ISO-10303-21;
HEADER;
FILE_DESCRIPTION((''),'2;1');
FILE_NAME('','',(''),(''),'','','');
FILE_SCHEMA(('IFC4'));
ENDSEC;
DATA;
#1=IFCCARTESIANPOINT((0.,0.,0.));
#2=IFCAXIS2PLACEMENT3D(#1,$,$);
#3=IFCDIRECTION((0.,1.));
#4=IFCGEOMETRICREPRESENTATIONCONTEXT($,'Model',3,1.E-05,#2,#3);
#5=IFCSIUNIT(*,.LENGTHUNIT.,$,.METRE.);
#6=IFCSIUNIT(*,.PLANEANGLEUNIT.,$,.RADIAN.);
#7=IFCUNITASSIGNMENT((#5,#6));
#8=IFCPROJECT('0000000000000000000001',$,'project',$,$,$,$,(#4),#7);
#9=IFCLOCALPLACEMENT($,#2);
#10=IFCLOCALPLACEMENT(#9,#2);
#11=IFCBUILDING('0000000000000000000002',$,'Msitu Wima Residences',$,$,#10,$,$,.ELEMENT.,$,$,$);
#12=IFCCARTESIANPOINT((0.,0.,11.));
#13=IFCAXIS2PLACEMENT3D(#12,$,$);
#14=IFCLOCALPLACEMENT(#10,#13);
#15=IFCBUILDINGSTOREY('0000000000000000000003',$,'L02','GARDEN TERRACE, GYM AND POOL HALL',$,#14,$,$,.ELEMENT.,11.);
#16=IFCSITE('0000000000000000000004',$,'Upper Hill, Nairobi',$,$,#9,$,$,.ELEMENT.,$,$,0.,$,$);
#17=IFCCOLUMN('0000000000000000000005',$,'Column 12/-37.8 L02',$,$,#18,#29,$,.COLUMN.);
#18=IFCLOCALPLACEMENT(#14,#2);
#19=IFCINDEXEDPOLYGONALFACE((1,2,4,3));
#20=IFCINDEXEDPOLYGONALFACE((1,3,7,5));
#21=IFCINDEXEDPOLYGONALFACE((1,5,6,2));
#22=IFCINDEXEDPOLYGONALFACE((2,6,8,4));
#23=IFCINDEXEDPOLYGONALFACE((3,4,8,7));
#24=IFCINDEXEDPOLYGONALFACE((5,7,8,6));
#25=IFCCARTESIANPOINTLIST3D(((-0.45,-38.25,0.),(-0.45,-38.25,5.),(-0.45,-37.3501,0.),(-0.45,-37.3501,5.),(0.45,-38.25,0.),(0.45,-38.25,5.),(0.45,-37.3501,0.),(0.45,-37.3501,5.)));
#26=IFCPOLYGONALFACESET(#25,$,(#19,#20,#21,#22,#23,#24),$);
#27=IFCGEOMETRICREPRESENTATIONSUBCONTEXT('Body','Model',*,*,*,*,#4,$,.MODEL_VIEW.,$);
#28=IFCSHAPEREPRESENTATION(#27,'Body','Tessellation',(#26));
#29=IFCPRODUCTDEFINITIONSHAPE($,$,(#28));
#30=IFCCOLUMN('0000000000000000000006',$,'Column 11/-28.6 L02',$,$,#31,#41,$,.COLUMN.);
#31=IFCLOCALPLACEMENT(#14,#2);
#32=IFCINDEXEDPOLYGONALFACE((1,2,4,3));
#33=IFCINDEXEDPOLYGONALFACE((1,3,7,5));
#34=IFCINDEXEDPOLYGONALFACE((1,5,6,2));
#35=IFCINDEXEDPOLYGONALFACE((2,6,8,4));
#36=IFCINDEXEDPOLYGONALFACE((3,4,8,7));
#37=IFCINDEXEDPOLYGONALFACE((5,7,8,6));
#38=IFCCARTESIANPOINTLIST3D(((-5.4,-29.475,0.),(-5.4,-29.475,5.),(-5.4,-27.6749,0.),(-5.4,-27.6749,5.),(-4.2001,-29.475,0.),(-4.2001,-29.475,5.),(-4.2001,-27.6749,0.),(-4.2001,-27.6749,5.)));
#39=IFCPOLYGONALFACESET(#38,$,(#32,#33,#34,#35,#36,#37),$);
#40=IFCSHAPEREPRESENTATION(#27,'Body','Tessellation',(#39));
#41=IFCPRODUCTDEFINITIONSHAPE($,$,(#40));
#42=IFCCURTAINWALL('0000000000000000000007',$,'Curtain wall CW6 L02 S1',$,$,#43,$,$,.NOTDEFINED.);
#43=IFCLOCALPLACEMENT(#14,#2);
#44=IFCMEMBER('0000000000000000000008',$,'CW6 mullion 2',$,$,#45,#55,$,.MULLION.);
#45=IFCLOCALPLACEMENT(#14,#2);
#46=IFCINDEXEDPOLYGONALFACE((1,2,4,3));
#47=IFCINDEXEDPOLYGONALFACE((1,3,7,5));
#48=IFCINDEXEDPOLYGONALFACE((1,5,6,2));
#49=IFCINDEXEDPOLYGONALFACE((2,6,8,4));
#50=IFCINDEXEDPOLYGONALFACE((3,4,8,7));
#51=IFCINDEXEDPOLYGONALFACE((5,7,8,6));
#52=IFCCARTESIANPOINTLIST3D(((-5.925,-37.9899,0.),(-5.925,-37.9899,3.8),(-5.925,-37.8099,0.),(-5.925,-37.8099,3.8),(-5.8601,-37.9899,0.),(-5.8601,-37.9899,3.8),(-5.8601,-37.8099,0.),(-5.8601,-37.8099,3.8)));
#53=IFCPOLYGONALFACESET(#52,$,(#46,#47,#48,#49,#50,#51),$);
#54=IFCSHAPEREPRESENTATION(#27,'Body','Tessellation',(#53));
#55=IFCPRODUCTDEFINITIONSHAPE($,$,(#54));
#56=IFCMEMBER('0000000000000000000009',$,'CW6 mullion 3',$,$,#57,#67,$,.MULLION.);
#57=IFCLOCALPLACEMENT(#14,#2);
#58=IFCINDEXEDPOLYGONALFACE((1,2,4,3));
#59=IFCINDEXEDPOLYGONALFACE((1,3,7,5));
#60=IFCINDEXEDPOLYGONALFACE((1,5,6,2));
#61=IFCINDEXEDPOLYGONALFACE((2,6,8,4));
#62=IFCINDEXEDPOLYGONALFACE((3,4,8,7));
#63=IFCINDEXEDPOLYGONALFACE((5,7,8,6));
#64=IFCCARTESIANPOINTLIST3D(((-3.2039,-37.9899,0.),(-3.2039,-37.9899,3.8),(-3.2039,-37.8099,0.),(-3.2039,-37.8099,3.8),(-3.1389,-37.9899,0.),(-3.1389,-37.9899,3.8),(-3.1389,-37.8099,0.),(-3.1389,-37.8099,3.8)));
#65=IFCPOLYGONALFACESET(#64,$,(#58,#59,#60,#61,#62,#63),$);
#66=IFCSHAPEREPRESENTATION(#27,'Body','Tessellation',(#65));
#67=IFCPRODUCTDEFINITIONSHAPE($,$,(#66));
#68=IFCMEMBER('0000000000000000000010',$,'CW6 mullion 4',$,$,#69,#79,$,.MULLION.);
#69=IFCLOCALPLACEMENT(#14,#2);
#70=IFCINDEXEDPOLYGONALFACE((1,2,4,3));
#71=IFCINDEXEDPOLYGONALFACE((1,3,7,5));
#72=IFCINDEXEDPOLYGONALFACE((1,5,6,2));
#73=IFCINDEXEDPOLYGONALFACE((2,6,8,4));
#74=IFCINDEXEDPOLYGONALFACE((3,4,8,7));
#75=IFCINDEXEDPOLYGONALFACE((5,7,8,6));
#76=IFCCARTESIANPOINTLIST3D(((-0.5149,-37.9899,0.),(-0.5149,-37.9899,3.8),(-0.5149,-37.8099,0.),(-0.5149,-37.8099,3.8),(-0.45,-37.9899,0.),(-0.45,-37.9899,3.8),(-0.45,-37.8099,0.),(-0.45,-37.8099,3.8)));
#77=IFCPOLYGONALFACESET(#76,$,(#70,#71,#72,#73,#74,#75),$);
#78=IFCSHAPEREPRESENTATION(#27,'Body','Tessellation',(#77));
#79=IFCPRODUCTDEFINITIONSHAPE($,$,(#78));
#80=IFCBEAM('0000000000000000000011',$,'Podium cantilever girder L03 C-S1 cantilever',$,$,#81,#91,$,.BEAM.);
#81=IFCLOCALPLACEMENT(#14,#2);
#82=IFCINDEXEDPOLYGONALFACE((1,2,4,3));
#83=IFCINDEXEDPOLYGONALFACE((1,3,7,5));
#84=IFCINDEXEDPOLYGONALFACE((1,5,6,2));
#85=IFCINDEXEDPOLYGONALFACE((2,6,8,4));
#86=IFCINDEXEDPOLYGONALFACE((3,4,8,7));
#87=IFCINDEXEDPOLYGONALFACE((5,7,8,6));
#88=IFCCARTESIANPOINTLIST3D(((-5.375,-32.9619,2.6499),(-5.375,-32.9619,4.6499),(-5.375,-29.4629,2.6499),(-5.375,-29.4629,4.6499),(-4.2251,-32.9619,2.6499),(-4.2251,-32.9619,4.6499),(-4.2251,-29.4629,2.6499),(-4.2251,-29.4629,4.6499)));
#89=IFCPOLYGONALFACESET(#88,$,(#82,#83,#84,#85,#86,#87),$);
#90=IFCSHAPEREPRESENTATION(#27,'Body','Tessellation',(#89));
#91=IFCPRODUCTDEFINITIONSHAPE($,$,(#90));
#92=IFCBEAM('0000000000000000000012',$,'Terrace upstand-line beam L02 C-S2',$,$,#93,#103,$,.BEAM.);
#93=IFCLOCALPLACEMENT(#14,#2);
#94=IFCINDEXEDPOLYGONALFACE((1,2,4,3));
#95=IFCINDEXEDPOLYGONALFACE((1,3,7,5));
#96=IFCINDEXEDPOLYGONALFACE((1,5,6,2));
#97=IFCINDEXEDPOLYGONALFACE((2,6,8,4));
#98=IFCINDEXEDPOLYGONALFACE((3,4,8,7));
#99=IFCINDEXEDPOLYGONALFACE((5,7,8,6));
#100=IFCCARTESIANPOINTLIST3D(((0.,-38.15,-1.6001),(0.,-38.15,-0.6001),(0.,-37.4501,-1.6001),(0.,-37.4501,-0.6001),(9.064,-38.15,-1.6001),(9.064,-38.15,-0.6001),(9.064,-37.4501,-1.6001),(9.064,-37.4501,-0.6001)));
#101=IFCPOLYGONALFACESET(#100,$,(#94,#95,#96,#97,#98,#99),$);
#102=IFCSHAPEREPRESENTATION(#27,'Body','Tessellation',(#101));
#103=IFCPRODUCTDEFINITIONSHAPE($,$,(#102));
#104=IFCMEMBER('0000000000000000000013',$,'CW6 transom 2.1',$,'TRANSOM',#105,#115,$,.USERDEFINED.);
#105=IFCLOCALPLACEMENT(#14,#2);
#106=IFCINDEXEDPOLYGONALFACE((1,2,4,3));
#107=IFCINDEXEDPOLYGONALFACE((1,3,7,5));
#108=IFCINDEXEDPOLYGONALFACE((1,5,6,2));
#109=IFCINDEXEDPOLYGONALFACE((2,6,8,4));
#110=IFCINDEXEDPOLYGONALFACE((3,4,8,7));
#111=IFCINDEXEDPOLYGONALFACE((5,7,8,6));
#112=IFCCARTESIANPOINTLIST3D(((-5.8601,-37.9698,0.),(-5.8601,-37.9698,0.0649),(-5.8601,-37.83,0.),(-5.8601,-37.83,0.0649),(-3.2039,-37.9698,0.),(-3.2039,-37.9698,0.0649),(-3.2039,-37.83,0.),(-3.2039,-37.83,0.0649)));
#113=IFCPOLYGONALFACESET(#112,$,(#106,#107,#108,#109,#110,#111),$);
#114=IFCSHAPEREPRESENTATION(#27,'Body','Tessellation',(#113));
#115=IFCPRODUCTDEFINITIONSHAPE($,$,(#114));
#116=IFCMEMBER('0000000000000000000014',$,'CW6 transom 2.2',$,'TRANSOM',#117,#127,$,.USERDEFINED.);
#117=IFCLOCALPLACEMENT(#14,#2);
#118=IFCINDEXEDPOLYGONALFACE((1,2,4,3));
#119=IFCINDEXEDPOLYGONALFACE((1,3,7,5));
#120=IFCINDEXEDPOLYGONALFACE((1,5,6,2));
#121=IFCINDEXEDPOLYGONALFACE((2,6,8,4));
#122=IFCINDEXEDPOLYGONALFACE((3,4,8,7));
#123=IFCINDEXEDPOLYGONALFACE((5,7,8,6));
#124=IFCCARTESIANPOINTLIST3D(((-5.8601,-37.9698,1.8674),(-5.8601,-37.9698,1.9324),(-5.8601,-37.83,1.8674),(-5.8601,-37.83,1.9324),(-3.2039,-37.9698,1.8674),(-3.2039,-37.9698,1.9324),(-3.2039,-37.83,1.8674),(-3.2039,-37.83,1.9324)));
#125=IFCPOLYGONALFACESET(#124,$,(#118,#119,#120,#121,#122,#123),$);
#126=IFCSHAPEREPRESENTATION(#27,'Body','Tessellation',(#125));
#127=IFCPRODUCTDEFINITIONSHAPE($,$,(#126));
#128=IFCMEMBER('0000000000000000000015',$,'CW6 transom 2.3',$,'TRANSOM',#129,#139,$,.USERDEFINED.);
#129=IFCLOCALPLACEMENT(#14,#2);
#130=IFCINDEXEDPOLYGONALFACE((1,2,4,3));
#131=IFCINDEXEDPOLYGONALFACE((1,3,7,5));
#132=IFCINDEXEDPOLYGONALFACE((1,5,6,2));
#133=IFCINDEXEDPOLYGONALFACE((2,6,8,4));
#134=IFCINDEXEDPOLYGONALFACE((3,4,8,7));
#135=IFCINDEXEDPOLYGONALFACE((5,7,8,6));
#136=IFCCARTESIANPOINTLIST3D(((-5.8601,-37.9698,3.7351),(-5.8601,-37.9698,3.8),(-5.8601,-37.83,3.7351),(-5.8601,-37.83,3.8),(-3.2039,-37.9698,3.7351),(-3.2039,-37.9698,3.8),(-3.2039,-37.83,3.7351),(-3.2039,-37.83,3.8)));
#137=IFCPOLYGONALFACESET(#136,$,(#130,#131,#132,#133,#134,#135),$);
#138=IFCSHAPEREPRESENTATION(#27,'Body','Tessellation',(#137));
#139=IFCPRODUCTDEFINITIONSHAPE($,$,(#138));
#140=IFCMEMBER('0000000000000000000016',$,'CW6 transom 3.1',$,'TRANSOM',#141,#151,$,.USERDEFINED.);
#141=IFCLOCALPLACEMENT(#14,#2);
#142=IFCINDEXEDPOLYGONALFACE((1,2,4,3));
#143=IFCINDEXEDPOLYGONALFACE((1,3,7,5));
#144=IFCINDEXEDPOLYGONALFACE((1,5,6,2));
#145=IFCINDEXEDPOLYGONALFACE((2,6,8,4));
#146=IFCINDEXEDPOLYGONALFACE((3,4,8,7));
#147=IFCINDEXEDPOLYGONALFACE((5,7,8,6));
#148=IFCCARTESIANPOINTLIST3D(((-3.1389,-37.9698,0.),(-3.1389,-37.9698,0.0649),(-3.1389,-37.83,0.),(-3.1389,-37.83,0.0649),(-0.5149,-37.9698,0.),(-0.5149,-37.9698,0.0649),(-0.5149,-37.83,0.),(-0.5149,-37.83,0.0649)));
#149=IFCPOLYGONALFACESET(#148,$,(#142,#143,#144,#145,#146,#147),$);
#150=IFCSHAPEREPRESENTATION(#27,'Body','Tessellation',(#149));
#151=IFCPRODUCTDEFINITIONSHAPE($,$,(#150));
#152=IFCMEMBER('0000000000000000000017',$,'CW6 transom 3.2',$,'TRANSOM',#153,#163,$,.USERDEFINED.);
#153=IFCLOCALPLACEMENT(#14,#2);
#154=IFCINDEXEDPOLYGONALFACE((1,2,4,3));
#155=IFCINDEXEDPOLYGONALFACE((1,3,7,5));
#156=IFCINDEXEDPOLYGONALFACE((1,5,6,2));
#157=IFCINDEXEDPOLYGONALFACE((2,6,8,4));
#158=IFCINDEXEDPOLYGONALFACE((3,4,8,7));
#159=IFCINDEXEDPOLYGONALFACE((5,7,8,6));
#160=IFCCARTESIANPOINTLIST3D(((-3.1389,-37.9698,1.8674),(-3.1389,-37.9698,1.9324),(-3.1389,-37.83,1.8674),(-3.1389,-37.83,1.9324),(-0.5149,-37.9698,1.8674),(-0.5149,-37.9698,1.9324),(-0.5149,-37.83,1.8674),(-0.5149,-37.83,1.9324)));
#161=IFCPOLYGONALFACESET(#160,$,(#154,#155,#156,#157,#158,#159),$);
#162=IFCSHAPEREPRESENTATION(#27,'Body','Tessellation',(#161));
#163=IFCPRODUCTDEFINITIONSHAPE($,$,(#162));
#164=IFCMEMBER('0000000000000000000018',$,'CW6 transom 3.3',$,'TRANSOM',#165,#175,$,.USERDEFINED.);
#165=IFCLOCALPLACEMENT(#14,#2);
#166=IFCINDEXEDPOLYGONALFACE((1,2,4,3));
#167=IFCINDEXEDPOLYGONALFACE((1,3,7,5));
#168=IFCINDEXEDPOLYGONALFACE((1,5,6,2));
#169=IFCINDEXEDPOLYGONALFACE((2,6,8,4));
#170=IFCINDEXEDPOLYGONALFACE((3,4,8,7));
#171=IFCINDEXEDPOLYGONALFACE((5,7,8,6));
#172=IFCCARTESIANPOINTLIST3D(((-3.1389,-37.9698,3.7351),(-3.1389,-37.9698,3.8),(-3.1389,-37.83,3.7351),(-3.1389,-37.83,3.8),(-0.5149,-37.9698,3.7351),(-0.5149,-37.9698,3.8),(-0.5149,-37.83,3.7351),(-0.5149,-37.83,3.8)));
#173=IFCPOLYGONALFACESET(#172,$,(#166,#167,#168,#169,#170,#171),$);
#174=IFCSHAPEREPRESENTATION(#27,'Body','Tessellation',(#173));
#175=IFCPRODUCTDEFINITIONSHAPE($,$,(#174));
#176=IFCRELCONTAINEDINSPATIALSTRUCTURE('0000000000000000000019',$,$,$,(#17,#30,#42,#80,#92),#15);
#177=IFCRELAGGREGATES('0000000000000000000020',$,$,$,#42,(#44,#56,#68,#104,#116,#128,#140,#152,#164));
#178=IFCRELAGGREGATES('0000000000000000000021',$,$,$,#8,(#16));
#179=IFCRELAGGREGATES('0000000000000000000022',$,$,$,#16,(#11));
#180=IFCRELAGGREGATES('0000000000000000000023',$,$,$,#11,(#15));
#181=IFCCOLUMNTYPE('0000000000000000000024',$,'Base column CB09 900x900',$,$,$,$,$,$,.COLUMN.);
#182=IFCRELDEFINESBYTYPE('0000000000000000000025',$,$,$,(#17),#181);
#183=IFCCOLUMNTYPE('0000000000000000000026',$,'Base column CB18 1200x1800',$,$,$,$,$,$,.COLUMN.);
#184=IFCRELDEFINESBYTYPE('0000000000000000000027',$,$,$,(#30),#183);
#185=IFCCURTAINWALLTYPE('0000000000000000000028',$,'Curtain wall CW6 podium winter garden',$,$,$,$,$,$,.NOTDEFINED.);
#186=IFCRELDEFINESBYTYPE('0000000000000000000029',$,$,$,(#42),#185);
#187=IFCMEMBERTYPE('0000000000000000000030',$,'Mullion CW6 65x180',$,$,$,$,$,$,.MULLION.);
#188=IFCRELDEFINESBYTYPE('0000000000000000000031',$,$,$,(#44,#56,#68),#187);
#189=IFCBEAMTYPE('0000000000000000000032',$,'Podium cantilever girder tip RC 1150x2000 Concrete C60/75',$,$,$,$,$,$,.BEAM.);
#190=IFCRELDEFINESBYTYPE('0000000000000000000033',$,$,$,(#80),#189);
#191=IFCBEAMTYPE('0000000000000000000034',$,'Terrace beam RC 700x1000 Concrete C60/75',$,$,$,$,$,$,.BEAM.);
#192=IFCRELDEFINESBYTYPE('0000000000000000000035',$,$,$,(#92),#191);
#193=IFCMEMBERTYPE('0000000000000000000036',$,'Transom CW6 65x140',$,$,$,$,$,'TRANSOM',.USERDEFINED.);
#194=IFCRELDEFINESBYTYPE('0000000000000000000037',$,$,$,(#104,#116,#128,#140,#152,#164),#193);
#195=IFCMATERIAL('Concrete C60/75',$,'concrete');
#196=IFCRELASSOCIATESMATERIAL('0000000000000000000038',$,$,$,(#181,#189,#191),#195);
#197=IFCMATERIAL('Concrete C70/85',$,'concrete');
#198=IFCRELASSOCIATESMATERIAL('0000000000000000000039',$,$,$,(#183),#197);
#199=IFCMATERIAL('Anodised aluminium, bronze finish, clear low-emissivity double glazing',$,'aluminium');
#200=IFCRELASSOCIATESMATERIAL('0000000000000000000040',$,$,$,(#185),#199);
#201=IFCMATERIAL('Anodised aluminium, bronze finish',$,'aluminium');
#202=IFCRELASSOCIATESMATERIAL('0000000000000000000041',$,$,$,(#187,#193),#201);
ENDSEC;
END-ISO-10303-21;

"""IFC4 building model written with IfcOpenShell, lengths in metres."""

from ifc_helpers import new_model, si_unit, direction, frame, origin, origin_2d, place, context, subcontext, project, spatial, rectangle, extrude, material, material_profile, profile_set, type_object, element, aggregate, save


model = new_model("IFC4")

# Units and contexts
model_context = context("Model", 3, precision=1e-05, world=origin(), true_north=direction((0.0, 1.0)))
body_context = subcontext(model_context, "Body", "Model", "MODEL_VIEW")
ifc_project = project(units=[si_unit("LENGTHUNIT", "METRE"), si_unit("PLANEANGLEUNIT", "RADIAN")], contexts=[model_context])

# Site, building, storey
site_placement = place(None, origin())
site = spatial("IfcSite", under=ifc_project, at=site_placement, Name="Upper Hill, Nairobi", CompositionType="ELEMENT", RefElevation=0.0)
building_placement = place(site_placement, origin())
building = spatial("IfcBuilding", under=site, at=building_placement, Name="Msitu Wima Residences", CompositionType="ELEMENT")
storey_placement = place(building_placement, frame((0.0, 0.0, 11.0)))
storey = spatial("IfcBuildingStorey", under=building, at=storey_placement, Name="L02", Description="GARDEN TERRACE, GYM AND POOL HALL", CompositionType="ELEMENT", Elevation=11.0)

# Columns
ifc_material_1 = material(Name="Concrete C60/75", Category="concrete")
ifc_material_profile_1 = material_profile(ifc_material_1, rectangle(XDim=0.8999, YDim=0.8999, at=origin_2d()), Name="RC 900x900")
ifc_profile_set_1 = profile_set([ifc_material_profile_1], Name="Concrete C60/75")
column_type_1 = type_object("IfcColumnType", Name="Base column CB09 900x900", PredefinedType="COLUMN", material=ifc_profile_set_1)
column_1_placement = place(storey_placement, frame((0.0, -37.8, 0.0), z_axis=(0.0, 0.0, 1.0), x_axis=(1.0, 0.0, 0.0)))
element("IfcColumn", 1, at=column_1_placement, inside=storey, type_object=column_type_1, Name="Column 12/-37.8 L02", PredefinedType="COLUMN", context=body_context, shape_type="SweptSolid", body=[
    extrude(rectangle(XDim=0.8999, YDim=0.8999, at=origin_2d()), origin(), (0.0, 0.0, 1.0), 5.0),
])
ifc_material_2 = material(Name="Concrete C70/85", Category="concrete")
ifc_material_profile_2 = material_profile(ifc_material_2, rectangle(XDim=1.2, YDim=1.8, at=origin_2d()), Name="RC 1200x1800")
ifc_profile_set_2 = profile_set([ifc_material_profile_2], Name="Concrete C70/85")
column_type_2 = type_object("IfcColumnType", Name="Base column CB18 1200x1800", PredefinedType="COLUMN", material=ifc_profile_set_2)
column_2_placement = place(storey_placement, frame((-4.8, -28.575, 0.0), z_axis=(0.0, 0.0, 1.0), x_axis=(1.0, 0.0, 0.0)))
element("IfcColumn", 2, at=column_2_placement, inside=storey, type_object=column_type_2, Name="Column 11/-28.6 L02", PredefinedType="COLUMN", context=body_context, shape_type="SweptSolid", body=[
    extrude(rectangle(XDim=1.2, YDim=1.8, at=origin_2d()), origin(), (0.0, 0.0, 1.0), 5.0),
])

# Curtain wall, members
ifc_material_3 = material(Name="Anodised aluminium, bronze finish, clear low-emissivity double glazing", Category="aluminium")
curtain_wall_type = type_object("IfcCurtainWallType", Name="Curtain wall CW6 podium winter garden", PredefinedType="NOTDEFINED", material=ifc_material_3)
curtain_wall_placement = place(storey_placement, origin())
curtain_wall = element("IfcCurtainWall", 3, at=curtain_wall_placement, inside=storey, type_object=curtain_wall_type, Name="Curtain wall CW6 L02 S1", PredefinedType="NOTDEFINED")
ifc_material_4 = material(Name="Anodised aluminium, bronze finish", Category="aluminium")
ifc_material_profile_3 = material_profile(ifc_material_4, rectangle(XDim=0.1799, YDim=0.0649, at=origin_2d()), Name="Mullion 65x180")
ifc_profile_set_3 = profile_set([ifc_material_profile_3], Name="Anodised aluminium, bronze finish")
member_type_1 = type_object("IfcMemberType", Name="Mullion CW6 65x180", PredefinedType="MULLION", material=ifc_profile_set_3)
member_1_placement = place(storey_placement, frame((-5.8926, -37.8999, 0.0), z_axis=(0.0, 0.0, 1.0), x_axis=(0.0, 1.0, 0.0)))
member_1 = element("IfcMember", 4, at=member_1_placement, type_object=member_type_1, Name="CW6 mullion 2", PredefinedType="MULLION", context=body_context, shape_type="SweptSolid", body=[
    extrude(rectangle(XDim=0.1799, YDim=0.0649, at=origin_2d()), origin(), (0.0, 0.0, 1.0), 3.8),
])
member_2_placement = place(storey_placement, frame((-3.1714, -37.8999, 0.0), z_axis=(0.0, 0.0, 1.0), x_axis=(0.0, 1.0, 0.0)))
member_2 = element("IfcMember", 5, at=member_2_placement, type_object=member_type_1, Name="CW6 mullion 3", PredefinedType="MULLION", context=body_context, shape_type="SweptSolid", body=[
    extrude(rectangle(XDim=0.1799, YDim=0.0649, at=origin_2d()), origin(), (0.0, 0.0, 1.0), 3.8),
])
member_3_placement = place(storey_placement, frame((-0.4824, -37.8999, 0.0), z_axis=(0.0, 0.0, 1.0), x_axis=(0.0, 1.0, 0.0)))
member_3 = element("IfcMember", 6, at=member_3_placement, type_object=member_type_1, Name="CW6 mullion 4", PredefinedType="MULLION", context=body_context, shape_type="SweptSolid", body=[
    extrude(rectangle(XDim=0.1799, YDim=0.0649, at=origin_2d()), origin(), (0.0, 0.0, 1.0), 3.8),
])

# Beams
ifc_material_profile_4 = material_profile(ifc_material_1, rectangle(XDim=1.1499, YDim=2.0, at=origin_2d()), Name="RC 1150x2000")
ifc_profile_set_4 = profile_set([ifc_material_profile_4], Name="Concrete C60/75")
beam_type_1 = type_object("IfcBeamType", Name="Podium cantilever girder tip RC 1150x2000 Concrete C60/75", PredefinedType="BEAM", material=ifc_profile_set_4)
beam_1_placement = place(storey_placement, frame((-4.8, -29.4629, 3.6499), z_axis=(0.0, -1.0, 0.0), x_axis=(1.0, 0.0, 0.0)))
element("IfcBeam", 7, at=beam_1_placement, inside=storey, type_object=beam_type_1, Name="Podium cantilever girder L03 C-S1 cantilever", PredefinedType="BEAM", context=body_context, shape_type="SweptSolid", body=[
    extrude(rectangle(XDim=1.1499, YDim=2.0, at=origin_2d()), origin(), (0.0, 0.0, 1.0), 3.499),
])
ifc_material_profile_5 = material_profile(ifc_material_1, rectangle(XDim=0.7, YDim=1.0, at=origin_2d()), Name="RC 700x1000")
ifc_profile_set_5 = profile_set([ifc_material_profile_5], Name="Concrete C60/75")
beam_type_2 = type_object("IfcBeamType", Name="Terrace beam RC 700x1000 Concrete C60/75", PredefinedType="BEAM", material=ifc_profile_set_5)
beam_2_placement = place(storey_placement, frame((0.0, -37.8, -1.1001), z_axis=(1.0, 0.0, 0.0), x_axis=(0.0, 1.0, 0.0)))
element("IfcBeam", 8, at=beam_2_placement, inside=storey, type_object=beam_type_2, Name="Terrace upstand-line beam L02 C-S2", PredefinedType="BEAM", context=body_context, shape_type="SweptSolid", body=[
    extrude(rectangle(XDim=0.7, YDim=1.0, at=origin_2d()), origin(), (0.0, 0.0, 1.0), 9.064),
])

# Members
ifc_material_profile_6 = material_profile(ifc_material_4, rectangle(XDim=0.1399, YDim=0.0649, at=origin_2d()), Name="Transom 65x140")
ifc_profile_set_6 = profile_set([ifc_material_profile_6], Name="Anodised aluminium, bronze finish")
member_type_2 = type_object("IfcMemberType", Name="Transom CW6 65x140", ElementType="TRANSOM", PredefinedType="USERDEFINED", material=ifc_profile_set_6)
member_4_placement = place(storey_placement, frame((-5.8601, -37.8999, 0.0325), z_axis=(1.0, 0.0, 0.0), x_axis=(0.0, 1.0, 0.0)))
member_4 = element("IfcMember", 9, at=member_4_placement, type_object=member_type_2, Name="CW6 transom 2.1", ObjectType="TRANSOM", PredefinedType="USERDEFINED", context=body_context, shape_type="SweptSolid", body=[
    extrude(rectangle(XDim=0.1399, YDim=0.0649, at=origin_2d()), origin(), (0.0, 0.0, 1.0), 2.6562),
])
member_5_placement = place(storey_placement, frame((-5.8601, -37.8999, 1.8999), z_axis=(1.0, 0.0, 0.0), x_axis=(0.0, 1.0, 0.0)))
member_5 = element("IfcMember", 10, at=member_5_placement, type_object=member_type_2, Name="CW6 transom 2.2", ObjectType="TRANSOM", PredefinedType="USERDEFINED", context=body_context, shape_type="SweptSolid", body=[
    extrude(rectangle(XDim=0.1399, YDim=0.0649, at=origin_2d()), origin(), (0.0, 0.0, 1.0), 2.6562),
])
member_6_placement = place(storey_placement, frame((-5.8601, -37.8999, 3.7676), z_axis=(1.0, 0.0, 0.0), x_axis=(0.0, 1.0, 0.0)))
member_6 = element("IfcMember", 11, at=member_6_placement, type_object=member_type_2, Name="CW6 transom 2.3", ObjectType="TRANSOM", PredefinedType="USERDEFINED", context=body_context, shape_type="SweptSolid", body=[
    extrude(rectangle(XDim=0.1399, YDim=0.0649, at=origin_2d()), origin(), (0.0, 0.0, 1.0), 2.6562),
])
member_7_placement = place(storey_placement, frame((-3.1389, -37.8999, 0.0325), z_axis=(1.0, 0.0, 0.0), x_axis=(0.0, 1.0, 0.0)))
member_7 = element("IfcMember", 12, at=member_7_placement, type_object=member_type_2, Name="CW6 transom 3.1", ObjectType="TRANSOM", PredefinedType="USERDEFINED", context=body_context, shape_type="SweptSolid", body=[
    extrude(rectangle(XDim=0.1399, YDim=0.0649, at=origin_2d()), origin(), (0.0, 0.0, 1.0), 2.624),
])
member_8_placement = place(storey_placement, frame((-3.1389, -37.8999, 1.8999), z_axis=(1.0, 0.0, 0.0), x_axis=(0.0, 1.0, 0.0)))
member_8 = element("IfcMember", 13, at=member_8_placement, type_object=member_type_2, Name="CW6 transom 3.2", ObjectType="TRANSOM", PredefinedType="USERDEFINED", context=body_context, shape_type="SweptSolid", body=[
    extrude(rectangle(XDim=0.1399, YDim=0.0649, at=origin_2d()), origin(), (0.0, 0.0, 1.0), 2.624),
])
member_9_placement = place(storey_placement, frame((-3.1389, -37.8999, 3.7676), z_axis=(1.0, 0.0, 0.0), x_axis=(0.0, 1.0, 0.0)))
member_9 = element("IfcMember", 14, at=member_9_placement, type_object=member_type_2, Name="CW6 transom 3.3", ObjectType="TRANSOM", PredefinedType="USERDEFINED", context=body_context, shape_type="SweptSolid", body=[
    extrude(rectangle(XDim=0.1399, YDim=0.0649, at=origin_2d()), origin(), (0.0, 0.0, 1.0), 2.624),
])

aggregate(curtain_wall, [member_1, member_2, member_3, member_4, member_5, member_6, member_7, member_8, member_9])

save(model, "model.ifc")
